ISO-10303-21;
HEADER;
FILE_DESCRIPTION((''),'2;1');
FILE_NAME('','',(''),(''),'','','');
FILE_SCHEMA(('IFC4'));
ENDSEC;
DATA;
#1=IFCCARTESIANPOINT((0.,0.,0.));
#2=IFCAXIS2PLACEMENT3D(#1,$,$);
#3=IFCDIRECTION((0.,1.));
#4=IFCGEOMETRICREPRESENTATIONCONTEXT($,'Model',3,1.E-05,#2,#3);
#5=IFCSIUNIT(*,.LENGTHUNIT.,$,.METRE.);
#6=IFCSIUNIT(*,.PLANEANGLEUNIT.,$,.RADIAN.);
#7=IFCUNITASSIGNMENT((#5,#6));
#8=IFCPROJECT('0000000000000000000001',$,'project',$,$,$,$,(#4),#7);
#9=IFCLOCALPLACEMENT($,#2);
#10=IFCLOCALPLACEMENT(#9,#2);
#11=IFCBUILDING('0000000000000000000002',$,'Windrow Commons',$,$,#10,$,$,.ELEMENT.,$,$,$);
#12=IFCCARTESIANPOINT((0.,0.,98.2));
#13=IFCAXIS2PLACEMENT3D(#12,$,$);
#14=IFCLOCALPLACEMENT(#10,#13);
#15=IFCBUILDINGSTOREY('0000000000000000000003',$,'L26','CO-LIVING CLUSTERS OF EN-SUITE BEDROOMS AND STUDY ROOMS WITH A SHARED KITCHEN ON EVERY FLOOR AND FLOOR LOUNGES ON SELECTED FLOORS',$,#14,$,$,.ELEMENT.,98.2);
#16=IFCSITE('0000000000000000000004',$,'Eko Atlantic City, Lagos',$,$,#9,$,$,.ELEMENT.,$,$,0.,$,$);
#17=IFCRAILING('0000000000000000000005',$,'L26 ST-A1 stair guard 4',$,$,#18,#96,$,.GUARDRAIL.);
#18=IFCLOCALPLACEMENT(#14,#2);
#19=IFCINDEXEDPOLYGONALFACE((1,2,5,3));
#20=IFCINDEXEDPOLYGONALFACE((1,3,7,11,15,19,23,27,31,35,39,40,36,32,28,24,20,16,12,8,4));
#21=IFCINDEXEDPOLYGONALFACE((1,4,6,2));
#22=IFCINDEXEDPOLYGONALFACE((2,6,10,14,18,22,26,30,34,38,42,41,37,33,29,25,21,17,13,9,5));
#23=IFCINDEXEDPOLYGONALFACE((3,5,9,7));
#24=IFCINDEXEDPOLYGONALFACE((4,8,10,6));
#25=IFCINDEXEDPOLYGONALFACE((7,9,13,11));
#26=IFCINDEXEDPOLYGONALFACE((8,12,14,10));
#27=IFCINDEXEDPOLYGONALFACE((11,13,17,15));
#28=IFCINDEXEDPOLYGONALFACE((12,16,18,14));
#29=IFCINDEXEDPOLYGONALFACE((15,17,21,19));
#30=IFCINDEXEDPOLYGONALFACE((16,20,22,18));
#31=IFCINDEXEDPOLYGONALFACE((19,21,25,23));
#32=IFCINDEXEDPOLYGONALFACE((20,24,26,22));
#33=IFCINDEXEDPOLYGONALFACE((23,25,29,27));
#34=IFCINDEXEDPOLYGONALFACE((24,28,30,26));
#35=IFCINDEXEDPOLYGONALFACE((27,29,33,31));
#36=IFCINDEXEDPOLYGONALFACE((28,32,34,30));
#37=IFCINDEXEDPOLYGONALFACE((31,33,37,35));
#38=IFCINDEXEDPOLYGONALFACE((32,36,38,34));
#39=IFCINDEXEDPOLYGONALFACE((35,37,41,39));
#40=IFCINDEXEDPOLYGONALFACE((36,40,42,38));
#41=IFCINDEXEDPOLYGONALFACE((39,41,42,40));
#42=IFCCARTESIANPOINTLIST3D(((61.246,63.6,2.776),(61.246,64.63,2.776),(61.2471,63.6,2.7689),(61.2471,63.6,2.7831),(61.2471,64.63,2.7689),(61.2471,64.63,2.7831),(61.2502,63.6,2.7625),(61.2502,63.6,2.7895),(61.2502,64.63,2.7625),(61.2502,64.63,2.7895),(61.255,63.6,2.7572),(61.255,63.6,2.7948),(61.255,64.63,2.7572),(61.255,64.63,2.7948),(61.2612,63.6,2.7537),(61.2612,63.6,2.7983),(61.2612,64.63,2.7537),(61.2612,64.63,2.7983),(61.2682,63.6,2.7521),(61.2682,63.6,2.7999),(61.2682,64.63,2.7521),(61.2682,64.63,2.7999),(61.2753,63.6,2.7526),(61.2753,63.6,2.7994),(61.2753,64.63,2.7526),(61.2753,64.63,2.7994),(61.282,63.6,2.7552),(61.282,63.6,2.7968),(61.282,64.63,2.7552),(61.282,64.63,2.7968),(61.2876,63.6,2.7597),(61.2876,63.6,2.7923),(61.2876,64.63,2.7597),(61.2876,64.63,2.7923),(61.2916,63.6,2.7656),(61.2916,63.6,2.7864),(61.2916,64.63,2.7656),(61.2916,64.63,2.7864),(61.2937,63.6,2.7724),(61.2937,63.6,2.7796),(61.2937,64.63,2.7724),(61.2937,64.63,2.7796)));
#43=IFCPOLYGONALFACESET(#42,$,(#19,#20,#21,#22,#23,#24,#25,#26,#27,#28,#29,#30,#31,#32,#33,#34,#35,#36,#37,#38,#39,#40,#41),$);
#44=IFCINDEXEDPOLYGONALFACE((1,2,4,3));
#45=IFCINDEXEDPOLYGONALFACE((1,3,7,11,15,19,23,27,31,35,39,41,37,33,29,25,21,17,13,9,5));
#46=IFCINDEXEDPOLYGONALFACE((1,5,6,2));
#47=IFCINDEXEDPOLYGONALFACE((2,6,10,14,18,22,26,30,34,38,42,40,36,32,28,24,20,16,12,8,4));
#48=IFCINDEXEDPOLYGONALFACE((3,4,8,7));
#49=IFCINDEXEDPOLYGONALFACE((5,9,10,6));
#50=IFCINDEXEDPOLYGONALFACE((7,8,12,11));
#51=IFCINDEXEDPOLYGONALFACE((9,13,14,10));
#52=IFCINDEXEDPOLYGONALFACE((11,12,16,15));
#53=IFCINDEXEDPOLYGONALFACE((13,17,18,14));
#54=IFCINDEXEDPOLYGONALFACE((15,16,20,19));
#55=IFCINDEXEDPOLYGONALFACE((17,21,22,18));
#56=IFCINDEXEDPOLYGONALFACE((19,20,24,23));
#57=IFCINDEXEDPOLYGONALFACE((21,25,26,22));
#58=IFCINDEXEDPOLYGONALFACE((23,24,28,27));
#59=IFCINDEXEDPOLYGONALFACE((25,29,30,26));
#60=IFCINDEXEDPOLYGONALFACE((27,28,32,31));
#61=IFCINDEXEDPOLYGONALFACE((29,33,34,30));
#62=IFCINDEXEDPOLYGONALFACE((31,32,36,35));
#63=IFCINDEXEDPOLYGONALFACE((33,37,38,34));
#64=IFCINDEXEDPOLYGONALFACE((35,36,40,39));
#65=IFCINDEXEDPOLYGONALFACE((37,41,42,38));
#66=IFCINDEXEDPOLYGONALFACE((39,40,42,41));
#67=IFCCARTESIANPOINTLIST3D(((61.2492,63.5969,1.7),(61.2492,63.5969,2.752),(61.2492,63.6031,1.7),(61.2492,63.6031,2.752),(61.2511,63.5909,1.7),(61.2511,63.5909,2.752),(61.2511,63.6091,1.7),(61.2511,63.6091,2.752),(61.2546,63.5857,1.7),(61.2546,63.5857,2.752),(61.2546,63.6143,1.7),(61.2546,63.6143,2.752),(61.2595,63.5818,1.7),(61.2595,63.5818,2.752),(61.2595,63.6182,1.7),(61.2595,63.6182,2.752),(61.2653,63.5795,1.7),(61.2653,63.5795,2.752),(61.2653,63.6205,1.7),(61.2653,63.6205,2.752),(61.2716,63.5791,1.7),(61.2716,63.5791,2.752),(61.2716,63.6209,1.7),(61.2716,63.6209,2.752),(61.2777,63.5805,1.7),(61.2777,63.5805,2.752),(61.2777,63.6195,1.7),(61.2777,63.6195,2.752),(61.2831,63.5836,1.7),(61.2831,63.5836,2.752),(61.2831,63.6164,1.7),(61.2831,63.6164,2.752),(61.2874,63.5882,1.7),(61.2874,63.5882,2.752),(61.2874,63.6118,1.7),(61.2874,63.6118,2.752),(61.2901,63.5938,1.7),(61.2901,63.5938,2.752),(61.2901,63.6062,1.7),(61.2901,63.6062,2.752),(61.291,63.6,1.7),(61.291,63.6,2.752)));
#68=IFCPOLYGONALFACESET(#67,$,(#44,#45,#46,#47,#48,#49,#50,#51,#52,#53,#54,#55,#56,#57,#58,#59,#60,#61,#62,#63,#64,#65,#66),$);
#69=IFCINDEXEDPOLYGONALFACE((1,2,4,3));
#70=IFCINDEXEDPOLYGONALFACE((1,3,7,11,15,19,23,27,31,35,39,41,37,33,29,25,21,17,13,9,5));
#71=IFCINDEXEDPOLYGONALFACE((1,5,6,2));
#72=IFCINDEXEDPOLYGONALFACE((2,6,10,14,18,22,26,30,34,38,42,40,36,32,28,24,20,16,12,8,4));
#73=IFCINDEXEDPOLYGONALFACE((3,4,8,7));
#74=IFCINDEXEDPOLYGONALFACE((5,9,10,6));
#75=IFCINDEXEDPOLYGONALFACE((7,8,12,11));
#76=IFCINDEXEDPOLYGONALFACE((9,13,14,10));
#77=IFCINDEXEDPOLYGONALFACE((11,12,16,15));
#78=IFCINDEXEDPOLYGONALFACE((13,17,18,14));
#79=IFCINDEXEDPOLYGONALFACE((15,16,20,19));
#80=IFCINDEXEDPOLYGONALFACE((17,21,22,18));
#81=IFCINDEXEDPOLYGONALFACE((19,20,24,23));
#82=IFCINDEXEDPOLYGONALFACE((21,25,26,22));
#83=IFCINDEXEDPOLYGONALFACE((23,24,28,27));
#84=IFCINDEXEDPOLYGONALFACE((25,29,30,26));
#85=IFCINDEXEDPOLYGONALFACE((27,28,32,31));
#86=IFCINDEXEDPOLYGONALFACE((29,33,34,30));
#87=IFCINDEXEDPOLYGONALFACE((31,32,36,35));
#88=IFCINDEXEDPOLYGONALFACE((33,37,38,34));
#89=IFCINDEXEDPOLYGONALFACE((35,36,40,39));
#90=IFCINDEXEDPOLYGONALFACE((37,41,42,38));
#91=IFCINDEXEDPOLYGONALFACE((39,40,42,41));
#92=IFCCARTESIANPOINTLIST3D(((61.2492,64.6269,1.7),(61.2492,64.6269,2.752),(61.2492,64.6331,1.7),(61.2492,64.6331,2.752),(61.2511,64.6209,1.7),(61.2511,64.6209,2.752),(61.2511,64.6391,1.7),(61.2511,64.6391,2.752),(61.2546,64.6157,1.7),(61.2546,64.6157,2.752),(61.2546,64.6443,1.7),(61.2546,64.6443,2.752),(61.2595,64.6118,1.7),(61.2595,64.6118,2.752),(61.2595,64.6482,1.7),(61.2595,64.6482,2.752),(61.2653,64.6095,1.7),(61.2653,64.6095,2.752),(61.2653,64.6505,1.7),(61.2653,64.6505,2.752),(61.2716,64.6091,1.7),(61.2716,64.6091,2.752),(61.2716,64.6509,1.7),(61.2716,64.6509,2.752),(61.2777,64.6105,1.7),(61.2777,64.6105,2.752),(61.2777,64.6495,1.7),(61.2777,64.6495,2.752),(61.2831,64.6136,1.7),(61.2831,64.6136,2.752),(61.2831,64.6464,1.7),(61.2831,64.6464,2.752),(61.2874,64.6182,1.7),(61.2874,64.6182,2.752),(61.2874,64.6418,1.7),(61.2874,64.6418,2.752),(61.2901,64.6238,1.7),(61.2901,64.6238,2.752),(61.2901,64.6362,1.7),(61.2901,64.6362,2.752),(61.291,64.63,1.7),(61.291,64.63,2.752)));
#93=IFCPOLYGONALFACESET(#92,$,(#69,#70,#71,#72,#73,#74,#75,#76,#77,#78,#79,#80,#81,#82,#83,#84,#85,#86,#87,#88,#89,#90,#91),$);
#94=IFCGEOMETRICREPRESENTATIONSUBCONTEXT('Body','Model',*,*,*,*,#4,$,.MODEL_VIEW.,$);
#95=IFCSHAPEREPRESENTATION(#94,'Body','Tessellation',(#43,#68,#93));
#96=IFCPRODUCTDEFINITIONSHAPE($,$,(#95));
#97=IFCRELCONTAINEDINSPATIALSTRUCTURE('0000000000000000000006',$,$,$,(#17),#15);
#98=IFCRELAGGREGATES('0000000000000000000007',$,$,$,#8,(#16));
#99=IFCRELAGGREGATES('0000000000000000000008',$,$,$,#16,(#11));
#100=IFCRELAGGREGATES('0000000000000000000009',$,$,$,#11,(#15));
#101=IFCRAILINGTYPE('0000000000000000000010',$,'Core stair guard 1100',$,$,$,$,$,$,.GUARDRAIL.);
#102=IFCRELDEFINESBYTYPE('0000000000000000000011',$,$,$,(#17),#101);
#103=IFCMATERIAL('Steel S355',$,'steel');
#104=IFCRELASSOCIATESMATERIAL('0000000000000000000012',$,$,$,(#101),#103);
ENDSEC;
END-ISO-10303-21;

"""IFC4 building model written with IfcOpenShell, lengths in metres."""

from ifc_helpers import new_model, si_unit, direction, frame, origin, origin_2d, place, context, subcontext, project, spatial, circle, extrude, material, type_object, element, save


model = new_model("IFC4")

# Units and contexts
model_context = context("Model", 3, precision=1e-05, world=origin(), true_north=direction((0.0, 1.0)))
body_context = subcontext(model_context, "Body", "Model", "MODEL_VIEW")
ifc_project = project(units=[si_unit("LENGTHUNIT", "METRE"), si_unit("PLANEANGLEUNIT", "RADIAN")], contexts=[model_context])

# Site, building, storey
site_placement = place(None, origin())
site = spatial("IfcSite", under=ifc_project, at=site_placement, Name="Eko Atlantic City, Lagos", CompositionType="ELEMENT", RefElevation=0.0)
building_placement = place(site_placement, origin())
building = spatial("IfcBuilding", under=site, at=building_placement, Name="Windrow Commons", CompositionType="ELEMENT")
storey_placement = place(building_placement, frame((0.0, 0.0, 98.2)))
storey = spatial("IfcBuildingStorey", under=building, at=storey_placement, Name="L26", Description="CO-LIVING CLUSTERS OF EN-SUITE BEDROOMS AND STUDY ROOMS WITH A SHARED KITCHEN ON EVERY FLOOR AND FLOOR LOUNGES ON SELECTED FLOORS", CompositionType="ELEMENT", Elevation=98.2)

# Railing
ifc_material_1 = material(Name="Steel S355", Category="steel")
railing_type_1 = type_object("IfcRailingType", Name="Core stair guard 1100", PredefinedType="GUARDRAIL", material=ifc_material_1)
for number, where, name in (
    (1, (61.27, 63.6, 1.7), "L26 ST-A1 stair guard 4"),
):
    element("IfcRailing", number, at=place(storey_placement, frame(where)), inside=storey, type_object=railing_type_1, Name=name, PredefinedType="GUARDRAIL", context=body_context, shape_type="SweptSolid", body=[
        extrude(circle(Radius=0.024, at=origin_2d()), frame((0.0, 0.0, 1.076), z_axis=(0.0, 1.0, 0.0), x_axis=(-1.0, 0.0, 0.0)), (0.0, 0.0, 1.0), 1.03),
        extrude(circle(Radius=0.021, at=origin_2d()), origin(), (0.0, 0.0, 1.0), 1.052),
        extrude(circle(Radius=0.021, at=origin_2d()), frame((0.0, 1.03, 0.0)), (0.0, 0.0, 1.0), 1.052),
    ])

save(model, "model.ifc")
